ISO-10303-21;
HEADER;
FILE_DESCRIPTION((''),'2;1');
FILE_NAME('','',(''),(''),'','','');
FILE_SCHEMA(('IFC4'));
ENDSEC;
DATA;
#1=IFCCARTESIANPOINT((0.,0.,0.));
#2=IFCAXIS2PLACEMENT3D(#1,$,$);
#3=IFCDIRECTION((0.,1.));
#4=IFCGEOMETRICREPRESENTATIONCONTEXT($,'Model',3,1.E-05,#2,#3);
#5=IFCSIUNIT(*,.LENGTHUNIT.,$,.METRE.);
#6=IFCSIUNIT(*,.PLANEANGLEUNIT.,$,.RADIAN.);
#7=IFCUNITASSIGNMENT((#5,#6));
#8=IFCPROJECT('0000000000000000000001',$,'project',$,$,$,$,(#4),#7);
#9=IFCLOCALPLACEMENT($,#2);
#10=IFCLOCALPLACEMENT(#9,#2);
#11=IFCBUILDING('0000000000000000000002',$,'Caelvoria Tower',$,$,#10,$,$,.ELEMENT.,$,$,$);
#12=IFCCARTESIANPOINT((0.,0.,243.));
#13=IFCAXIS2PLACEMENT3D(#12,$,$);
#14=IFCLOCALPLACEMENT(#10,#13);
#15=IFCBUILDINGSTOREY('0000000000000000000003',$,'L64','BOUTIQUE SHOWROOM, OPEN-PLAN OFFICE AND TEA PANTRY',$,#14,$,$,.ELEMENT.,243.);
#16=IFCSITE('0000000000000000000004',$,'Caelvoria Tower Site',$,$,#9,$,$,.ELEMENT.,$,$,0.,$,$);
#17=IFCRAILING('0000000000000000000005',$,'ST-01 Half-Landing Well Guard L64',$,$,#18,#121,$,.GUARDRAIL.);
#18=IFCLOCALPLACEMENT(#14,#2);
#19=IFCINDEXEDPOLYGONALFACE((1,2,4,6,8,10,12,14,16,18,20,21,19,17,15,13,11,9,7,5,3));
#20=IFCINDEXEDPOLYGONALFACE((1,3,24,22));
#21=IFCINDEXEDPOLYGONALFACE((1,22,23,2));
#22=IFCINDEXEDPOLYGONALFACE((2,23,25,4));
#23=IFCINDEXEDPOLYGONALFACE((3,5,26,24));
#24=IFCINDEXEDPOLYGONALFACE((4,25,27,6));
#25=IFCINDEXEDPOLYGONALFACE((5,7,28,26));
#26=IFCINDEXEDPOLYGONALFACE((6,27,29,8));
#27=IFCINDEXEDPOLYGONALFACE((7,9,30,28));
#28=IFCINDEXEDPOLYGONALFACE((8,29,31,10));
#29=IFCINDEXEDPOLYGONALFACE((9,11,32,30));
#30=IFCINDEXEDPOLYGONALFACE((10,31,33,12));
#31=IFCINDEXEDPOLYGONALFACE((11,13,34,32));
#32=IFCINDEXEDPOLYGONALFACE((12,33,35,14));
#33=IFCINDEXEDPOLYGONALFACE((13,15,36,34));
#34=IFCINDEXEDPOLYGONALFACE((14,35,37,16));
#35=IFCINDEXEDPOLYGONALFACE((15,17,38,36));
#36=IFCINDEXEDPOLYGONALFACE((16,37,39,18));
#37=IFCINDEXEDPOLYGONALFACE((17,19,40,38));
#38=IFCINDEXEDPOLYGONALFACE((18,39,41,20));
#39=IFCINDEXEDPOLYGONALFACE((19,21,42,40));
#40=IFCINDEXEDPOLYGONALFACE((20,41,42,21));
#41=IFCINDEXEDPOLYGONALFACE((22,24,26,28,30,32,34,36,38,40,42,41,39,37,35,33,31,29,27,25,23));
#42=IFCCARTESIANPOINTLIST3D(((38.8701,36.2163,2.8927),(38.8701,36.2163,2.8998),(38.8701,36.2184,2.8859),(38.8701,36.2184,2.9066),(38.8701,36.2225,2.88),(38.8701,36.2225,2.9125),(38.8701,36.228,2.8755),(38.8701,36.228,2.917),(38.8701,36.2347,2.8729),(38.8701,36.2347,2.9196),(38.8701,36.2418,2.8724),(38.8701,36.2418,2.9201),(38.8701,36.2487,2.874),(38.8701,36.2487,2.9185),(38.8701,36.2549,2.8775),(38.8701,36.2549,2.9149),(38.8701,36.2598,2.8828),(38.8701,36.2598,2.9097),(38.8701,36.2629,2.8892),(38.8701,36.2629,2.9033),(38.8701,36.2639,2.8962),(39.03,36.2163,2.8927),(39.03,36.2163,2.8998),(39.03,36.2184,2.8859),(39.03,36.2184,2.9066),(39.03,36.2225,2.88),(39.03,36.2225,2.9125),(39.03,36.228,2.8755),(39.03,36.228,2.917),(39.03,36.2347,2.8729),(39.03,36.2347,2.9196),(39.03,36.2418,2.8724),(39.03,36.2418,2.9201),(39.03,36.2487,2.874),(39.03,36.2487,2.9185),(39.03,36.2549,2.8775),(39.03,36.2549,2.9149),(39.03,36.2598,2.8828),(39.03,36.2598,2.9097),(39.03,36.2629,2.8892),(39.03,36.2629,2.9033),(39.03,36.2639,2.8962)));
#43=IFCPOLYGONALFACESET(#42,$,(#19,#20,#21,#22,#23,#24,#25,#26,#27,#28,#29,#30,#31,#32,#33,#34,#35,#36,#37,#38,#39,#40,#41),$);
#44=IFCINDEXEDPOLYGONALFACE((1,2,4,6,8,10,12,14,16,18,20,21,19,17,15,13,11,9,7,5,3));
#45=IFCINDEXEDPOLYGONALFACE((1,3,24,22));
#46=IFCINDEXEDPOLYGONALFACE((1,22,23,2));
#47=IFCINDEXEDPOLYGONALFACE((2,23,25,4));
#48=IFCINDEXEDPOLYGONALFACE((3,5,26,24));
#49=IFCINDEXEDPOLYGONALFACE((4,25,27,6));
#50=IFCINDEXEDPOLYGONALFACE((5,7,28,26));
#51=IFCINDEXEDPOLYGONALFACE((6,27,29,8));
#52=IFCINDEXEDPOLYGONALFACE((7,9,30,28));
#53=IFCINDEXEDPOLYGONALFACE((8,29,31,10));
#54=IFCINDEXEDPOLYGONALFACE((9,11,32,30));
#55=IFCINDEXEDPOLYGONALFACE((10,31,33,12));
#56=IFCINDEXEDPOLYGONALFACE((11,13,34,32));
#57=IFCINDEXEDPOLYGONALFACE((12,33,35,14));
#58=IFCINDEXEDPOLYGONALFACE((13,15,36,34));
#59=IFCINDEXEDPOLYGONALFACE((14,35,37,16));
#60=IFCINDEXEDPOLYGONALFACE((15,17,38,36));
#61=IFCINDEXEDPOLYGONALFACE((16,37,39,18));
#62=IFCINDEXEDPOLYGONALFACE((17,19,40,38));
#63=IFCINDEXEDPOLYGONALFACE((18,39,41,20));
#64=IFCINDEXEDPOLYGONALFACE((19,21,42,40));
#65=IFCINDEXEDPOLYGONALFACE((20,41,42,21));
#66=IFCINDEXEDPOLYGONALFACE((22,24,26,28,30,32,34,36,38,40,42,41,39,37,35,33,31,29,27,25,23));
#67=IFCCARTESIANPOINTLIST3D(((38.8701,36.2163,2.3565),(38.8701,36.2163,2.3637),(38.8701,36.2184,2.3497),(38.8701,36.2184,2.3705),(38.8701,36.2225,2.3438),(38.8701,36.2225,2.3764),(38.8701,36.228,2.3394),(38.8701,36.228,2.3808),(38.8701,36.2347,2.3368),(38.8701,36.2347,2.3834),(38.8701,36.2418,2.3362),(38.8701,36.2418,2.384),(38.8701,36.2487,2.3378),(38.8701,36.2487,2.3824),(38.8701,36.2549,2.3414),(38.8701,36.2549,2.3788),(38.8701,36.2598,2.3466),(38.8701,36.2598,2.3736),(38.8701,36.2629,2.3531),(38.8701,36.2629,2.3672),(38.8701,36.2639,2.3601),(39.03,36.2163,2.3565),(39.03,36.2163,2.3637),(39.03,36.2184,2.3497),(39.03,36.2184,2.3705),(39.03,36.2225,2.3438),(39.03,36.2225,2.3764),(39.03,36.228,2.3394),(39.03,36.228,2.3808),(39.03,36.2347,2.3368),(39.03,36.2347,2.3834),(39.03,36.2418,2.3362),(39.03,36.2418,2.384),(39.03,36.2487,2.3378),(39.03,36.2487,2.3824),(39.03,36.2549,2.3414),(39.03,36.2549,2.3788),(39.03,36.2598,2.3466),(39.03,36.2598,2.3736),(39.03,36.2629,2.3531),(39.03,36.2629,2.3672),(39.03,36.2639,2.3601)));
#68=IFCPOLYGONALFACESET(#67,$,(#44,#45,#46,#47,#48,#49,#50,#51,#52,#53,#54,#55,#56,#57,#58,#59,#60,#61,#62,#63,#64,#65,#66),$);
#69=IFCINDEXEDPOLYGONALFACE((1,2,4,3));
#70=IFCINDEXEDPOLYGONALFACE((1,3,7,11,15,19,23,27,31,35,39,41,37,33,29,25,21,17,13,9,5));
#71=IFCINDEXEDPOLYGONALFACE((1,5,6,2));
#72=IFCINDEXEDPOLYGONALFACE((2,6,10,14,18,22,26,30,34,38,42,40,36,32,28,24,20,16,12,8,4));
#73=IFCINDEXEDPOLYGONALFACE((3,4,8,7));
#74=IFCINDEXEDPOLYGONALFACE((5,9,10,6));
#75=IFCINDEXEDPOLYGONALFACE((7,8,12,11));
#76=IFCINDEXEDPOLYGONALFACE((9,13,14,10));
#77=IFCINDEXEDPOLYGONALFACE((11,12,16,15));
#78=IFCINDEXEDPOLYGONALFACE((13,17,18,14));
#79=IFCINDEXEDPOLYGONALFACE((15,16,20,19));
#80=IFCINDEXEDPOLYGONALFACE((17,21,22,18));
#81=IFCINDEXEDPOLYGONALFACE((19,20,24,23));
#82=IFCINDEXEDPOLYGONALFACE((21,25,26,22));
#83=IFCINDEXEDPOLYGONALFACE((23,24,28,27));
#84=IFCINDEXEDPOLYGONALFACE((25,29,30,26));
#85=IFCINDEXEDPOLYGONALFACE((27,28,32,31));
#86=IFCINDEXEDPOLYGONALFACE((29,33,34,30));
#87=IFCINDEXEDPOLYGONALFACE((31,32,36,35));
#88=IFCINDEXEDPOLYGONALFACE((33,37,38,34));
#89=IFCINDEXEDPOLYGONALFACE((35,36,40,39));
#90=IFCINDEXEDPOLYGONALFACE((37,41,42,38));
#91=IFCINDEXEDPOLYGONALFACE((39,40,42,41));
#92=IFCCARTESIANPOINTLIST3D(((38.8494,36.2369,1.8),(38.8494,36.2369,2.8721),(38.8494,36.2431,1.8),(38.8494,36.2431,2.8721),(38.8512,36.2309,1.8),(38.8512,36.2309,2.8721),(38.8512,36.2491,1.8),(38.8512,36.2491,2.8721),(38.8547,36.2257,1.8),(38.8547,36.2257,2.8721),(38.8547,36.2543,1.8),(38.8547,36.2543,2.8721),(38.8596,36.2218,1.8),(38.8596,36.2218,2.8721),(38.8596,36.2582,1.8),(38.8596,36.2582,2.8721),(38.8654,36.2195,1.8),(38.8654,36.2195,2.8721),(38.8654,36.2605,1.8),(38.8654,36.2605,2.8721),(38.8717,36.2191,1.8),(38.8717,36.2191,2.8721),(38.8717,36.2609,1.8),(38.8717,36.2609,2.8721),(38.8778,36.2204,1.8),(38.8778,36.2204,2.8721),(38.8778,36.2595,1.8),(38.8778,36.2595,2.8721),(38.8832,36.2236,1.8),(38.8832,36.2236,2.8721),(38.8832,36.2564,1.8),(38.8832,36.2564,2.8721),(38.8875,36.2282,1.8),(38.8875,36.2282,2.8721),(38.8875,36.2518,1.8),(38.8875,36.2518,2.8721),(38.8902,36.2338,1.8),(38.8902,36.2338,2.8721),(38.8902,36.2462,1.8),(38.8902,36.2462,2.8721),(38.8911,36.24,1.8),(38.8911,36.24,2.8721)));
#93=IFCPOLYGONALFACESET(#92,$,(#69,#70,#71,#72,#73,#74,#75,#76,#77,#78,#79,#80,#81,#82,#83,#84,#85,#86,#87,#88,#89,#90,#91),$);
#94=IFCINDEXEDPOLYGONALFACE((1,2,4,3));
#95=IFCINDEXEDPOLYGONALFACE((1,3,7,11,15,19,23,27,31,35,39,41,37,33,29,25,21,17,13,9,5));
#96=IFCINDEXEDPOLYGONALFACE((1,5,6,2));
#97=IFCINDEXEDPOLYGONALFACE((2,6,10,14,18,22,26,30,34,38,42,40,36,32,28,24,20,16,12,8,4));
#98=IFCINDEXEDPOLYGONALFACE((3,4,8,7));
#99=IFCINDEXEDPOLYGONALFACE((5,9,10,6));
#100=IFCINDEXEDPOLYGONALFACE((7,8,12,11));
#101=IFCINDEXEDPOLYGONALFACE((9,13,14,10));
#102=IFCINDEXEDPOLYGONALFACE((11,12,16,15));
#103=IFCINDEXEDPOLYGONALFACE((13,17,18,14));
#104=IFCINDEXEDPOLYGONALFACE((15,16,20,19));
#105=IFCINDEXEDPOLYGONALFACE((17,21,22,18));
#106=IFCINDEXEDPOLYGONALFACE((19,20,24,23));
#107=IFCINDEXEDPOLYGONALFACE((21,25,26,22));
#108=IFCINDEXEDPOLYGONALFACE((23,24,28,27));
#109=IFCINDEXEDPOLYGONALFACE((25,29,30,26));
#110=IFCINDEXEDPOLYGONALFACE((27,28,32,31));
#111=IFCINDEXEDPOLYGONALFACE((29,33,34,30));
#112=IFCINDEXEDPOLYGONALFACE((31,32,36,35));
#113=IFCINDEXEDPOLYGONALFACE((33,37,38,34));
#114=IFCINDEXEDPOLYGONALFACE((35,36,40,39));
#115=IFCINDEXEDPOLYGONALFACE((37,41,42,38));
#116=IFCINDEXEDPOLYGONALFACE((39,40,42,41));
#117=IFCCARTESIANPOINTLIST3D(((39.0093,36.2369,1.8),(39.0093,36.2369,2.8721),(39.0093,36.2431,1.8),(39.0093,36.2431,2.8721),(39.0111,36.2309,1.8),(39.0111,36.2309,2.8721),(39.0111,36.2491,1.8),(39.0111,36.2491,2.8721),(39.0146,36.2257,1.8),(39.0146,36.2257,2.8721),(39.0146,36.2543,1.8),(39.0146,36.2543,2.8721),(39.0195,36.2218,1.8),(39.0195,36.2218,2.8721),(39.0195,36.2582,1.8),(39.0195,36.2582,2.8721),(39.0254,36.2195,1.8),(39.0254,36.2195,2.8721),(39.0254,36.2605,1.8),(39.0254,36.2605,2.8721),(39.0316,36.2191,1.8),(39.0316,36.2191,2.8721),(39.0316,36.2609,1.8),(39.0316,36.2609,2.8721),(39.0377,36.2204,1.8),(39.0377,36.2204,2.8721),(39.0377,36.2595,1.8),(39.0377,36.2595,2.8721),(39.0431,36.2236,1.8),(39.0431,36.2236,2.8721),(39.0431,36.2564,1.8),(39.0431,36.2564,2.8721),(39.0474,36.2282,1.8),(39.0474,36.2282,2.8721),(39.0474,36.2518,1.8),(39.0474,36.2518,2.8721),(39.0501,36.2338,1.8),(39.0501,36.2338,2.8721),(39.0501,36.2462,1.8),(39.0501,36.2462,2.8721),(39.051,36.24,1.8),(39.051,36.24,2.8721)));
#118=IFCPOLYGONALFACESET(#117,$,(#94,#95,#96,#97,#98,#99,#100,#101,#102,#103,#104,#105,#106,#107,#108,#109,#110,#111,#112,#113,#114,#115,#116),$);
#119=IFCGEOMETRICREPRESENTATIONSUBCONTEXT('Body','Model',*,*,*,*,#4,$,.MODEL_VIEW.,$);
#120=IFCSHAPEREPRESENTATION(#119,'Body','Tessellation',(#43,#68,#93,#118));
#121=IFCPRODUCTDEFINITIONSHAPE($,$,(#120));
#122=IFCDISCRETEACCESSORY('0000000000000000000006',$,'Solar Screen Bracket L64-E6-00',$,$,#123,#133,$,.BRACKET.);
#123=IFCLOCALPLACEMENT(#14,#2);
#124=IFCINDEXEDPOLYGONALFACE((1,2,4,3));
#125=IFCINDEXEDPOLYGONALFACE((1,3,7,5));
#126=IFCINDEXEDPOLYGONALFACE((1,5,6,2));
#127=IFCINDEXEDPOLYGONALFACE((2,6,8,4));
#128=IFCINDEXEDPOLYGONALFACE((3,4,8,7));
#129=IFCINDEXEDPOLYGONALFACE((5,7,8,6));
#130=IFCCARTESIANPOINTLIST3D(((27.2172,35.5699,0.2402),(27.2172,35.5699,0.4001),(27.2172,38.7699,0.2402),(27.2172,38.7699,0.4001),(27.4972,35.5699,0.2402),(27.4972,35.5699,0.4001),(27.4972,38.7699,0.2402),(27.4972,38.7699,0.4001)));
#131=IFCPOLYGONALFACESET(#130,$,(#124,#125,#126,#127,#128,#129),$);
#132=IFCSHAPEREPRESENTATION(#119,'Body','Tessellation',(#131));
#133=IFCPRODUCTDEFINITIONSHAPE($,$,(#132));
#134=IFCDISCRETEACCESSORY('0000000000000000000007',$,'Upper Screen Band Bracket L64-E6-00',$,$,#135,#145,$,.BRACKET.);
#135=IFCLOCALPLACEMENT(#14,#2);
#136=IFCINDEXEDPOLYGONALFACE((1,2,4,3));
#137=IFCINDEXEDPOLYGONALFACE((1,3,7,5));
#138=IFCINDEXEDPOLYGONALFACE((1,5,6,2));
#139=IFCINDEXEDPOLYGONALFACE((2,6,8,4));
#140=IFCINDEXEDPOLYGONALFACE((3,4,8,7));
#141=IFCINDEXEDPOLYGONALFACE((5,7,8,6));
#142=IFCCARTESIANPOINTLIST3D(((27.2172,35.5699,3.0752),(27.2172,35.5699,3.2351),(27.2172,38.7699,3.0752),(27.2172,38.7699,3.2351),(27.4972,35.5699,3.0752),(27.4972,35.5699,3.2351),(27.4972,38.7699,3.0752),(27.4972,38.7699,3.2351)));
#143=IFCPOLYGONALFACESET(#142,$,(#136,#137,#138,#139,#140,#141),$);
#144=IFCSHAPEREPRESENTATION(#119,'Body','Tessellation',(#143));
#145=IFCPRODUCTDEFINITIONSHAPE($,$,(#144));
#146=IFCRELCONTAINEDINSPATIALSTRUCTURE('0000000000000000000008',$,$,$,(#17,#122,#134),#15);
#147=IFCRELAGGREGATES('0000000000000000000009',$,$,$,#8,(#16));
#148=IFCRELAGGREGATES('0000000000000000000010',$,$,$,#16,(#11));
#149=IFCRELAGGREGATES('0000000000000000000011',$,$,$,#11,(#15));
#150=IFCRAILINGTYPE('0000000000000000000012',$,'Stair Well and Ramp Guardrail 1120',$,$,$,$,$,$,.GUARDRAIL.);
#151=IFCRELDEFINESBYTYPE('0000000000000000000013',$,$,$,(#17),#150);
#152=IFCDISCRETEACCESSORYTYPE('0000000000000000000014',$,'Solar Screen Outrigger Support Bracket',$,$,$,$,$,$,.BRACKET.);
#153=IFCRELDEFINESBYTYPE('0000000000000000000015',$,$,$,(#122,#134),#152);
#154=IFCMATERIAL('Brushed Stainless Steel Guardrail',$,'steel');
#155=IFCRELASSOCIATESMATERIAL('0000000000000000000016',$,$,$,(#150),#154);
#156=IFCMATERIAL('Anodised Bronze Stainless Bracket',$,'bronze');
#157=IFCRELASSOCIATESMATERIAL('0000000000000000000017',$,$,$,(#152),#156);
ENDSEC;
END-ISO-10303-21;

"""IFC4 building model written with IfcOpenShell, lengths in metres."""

from ifc_helpers import new_model, si_unit, direction, frame, origin, origin_2d, place, context, subcontext, project, spatial, rectangle, circle, extrude, material, type_object, element, save


model = new_model("IFC4")

# Units and contexts
model_context = context("Model", 3, precision=1e-05, world=origin(), true_north=direction((0.0, 1.0)))
body_context = subcontext(model_context, "Body", "Model", "MODEL_VIEW")
ifc_project = project(units=[si_unit("LENGTHUNIT", "METRE"), si_unit("PLANEANGLEUNIT", "RADIAN")], contexts=[model_context])

# Site, building, storey
site_placement = place(None, origin())
site = spatial("IfcSite", under=ifc_project, at=site_placement, Name="Caelvoria Tower Site", CompositionType="ELEMENT", RefElevation=0.0)
building_placement = place(site_placement, origin())
building = spatial("IfcBuilding", under=site, at=building_placement, Name="Caelvoria Tower", CompositionType="ELEMENT")
storey_placement = place(building_placement, frame((0.0, 0.0, 243.0)))
storey = spatial("IfcBuildingStorey", under=building, at=storey_placement, Name="L64", Description="BOUTIQUE SHOWROOM, OPEN-PLAN OFFICE AND TEA PANTRY", CompositionType="ELEMENT", Elevation=243.0)

# Railing
ifc_material_1 = material(Name="Brushed Stainless Steel Guardrail", Category="steel")
railing_type_1 = type_object("IfcRailingType", Name="Stair Well and Ramp Guardrail 1120", PredefinedType="GUARDRAIL", material=ifc_material_1)
railing_1_placement = place(storey_placement, frame((38.8701, 36.24, 1.8)))
element("IfcRailing", 1, at=railing_1_placement, inside=storey, type_object=railing_type_1, Name="ST-01 Half-Landing Well Guard L64", PredefinedType="GUARDRAIL", context=body_context, shape_type="SweptSolid", body=[
    extrude(circle(Radius=0.0239, at=origin_2d()), frame((0.0, 0.0, 1.0962), z_axis=(1.0, 0.0, 0.0), x_axis=(0.0, 1.0, 0.0)), (0.0, 0.0, 1.0), 0.1599),
    extrude(circle(Radius=0.0239, at=origin_2d()), frame((0.0, 0.0, 0.5601), z_axis=(1.0, 0.0, 0.0), x_axis=(0.0, 1.0, 0.0)), (0.0, 0.0, 1.0), 0.1599),
    extrude(circle(Radius=0.021, at=origin_2d()), origin(), (0.0, 0.0, 1.0), 1.072),
    extrude(circle(Radius=0.021, at=origin_2d()), frame((0.1599, 0.0, 0.0)), (0.0, 0.0, 1.0), 1.072),
])

# Discrete accessories
ifc_material_2 = material(Name="Anodised Bronze Stainless Bracket", Category="bronze")
discrete_accessory_type = type_object("IfcDiscreteAccessoryType", Name="Solar Screen Outrigger Support Bracket", PredefinedType="BRACKET", material=ifc_material_2)
for number, where, z_axis, x_axis, name in (
    (2, (27.3572, 37.1699, 0.2402), (0.0, 0.0, 1.0), (0.0, -1.0, 0.0), "Solar Screen Bracket L64-E6-00"),
    (3, (27.3572, 37.1699, 3.0752), (0.0, 0.0, 1.0), (0.0, -1.0, 0.0), "Upper Screen Band Bracket L64-E6-00"),
):
    element("IfcDiscreteAccessory", number, at=place(storey_placement, frame(where, z_axis=z_axis, x_axis=x_axis)), inside=storey, type_object=discrete_accessory_type, Name=name, PredefinedType="BRACKET", context=body_context, shape_type="SweptSolid", body=[
        extrude(rectangle(XDim=3.2, YDim=0.28, at=origin_2d()), origin(), (0.0, 0.0, 1.0), 0.1599),
    ])

save(model, "model.ifc")
